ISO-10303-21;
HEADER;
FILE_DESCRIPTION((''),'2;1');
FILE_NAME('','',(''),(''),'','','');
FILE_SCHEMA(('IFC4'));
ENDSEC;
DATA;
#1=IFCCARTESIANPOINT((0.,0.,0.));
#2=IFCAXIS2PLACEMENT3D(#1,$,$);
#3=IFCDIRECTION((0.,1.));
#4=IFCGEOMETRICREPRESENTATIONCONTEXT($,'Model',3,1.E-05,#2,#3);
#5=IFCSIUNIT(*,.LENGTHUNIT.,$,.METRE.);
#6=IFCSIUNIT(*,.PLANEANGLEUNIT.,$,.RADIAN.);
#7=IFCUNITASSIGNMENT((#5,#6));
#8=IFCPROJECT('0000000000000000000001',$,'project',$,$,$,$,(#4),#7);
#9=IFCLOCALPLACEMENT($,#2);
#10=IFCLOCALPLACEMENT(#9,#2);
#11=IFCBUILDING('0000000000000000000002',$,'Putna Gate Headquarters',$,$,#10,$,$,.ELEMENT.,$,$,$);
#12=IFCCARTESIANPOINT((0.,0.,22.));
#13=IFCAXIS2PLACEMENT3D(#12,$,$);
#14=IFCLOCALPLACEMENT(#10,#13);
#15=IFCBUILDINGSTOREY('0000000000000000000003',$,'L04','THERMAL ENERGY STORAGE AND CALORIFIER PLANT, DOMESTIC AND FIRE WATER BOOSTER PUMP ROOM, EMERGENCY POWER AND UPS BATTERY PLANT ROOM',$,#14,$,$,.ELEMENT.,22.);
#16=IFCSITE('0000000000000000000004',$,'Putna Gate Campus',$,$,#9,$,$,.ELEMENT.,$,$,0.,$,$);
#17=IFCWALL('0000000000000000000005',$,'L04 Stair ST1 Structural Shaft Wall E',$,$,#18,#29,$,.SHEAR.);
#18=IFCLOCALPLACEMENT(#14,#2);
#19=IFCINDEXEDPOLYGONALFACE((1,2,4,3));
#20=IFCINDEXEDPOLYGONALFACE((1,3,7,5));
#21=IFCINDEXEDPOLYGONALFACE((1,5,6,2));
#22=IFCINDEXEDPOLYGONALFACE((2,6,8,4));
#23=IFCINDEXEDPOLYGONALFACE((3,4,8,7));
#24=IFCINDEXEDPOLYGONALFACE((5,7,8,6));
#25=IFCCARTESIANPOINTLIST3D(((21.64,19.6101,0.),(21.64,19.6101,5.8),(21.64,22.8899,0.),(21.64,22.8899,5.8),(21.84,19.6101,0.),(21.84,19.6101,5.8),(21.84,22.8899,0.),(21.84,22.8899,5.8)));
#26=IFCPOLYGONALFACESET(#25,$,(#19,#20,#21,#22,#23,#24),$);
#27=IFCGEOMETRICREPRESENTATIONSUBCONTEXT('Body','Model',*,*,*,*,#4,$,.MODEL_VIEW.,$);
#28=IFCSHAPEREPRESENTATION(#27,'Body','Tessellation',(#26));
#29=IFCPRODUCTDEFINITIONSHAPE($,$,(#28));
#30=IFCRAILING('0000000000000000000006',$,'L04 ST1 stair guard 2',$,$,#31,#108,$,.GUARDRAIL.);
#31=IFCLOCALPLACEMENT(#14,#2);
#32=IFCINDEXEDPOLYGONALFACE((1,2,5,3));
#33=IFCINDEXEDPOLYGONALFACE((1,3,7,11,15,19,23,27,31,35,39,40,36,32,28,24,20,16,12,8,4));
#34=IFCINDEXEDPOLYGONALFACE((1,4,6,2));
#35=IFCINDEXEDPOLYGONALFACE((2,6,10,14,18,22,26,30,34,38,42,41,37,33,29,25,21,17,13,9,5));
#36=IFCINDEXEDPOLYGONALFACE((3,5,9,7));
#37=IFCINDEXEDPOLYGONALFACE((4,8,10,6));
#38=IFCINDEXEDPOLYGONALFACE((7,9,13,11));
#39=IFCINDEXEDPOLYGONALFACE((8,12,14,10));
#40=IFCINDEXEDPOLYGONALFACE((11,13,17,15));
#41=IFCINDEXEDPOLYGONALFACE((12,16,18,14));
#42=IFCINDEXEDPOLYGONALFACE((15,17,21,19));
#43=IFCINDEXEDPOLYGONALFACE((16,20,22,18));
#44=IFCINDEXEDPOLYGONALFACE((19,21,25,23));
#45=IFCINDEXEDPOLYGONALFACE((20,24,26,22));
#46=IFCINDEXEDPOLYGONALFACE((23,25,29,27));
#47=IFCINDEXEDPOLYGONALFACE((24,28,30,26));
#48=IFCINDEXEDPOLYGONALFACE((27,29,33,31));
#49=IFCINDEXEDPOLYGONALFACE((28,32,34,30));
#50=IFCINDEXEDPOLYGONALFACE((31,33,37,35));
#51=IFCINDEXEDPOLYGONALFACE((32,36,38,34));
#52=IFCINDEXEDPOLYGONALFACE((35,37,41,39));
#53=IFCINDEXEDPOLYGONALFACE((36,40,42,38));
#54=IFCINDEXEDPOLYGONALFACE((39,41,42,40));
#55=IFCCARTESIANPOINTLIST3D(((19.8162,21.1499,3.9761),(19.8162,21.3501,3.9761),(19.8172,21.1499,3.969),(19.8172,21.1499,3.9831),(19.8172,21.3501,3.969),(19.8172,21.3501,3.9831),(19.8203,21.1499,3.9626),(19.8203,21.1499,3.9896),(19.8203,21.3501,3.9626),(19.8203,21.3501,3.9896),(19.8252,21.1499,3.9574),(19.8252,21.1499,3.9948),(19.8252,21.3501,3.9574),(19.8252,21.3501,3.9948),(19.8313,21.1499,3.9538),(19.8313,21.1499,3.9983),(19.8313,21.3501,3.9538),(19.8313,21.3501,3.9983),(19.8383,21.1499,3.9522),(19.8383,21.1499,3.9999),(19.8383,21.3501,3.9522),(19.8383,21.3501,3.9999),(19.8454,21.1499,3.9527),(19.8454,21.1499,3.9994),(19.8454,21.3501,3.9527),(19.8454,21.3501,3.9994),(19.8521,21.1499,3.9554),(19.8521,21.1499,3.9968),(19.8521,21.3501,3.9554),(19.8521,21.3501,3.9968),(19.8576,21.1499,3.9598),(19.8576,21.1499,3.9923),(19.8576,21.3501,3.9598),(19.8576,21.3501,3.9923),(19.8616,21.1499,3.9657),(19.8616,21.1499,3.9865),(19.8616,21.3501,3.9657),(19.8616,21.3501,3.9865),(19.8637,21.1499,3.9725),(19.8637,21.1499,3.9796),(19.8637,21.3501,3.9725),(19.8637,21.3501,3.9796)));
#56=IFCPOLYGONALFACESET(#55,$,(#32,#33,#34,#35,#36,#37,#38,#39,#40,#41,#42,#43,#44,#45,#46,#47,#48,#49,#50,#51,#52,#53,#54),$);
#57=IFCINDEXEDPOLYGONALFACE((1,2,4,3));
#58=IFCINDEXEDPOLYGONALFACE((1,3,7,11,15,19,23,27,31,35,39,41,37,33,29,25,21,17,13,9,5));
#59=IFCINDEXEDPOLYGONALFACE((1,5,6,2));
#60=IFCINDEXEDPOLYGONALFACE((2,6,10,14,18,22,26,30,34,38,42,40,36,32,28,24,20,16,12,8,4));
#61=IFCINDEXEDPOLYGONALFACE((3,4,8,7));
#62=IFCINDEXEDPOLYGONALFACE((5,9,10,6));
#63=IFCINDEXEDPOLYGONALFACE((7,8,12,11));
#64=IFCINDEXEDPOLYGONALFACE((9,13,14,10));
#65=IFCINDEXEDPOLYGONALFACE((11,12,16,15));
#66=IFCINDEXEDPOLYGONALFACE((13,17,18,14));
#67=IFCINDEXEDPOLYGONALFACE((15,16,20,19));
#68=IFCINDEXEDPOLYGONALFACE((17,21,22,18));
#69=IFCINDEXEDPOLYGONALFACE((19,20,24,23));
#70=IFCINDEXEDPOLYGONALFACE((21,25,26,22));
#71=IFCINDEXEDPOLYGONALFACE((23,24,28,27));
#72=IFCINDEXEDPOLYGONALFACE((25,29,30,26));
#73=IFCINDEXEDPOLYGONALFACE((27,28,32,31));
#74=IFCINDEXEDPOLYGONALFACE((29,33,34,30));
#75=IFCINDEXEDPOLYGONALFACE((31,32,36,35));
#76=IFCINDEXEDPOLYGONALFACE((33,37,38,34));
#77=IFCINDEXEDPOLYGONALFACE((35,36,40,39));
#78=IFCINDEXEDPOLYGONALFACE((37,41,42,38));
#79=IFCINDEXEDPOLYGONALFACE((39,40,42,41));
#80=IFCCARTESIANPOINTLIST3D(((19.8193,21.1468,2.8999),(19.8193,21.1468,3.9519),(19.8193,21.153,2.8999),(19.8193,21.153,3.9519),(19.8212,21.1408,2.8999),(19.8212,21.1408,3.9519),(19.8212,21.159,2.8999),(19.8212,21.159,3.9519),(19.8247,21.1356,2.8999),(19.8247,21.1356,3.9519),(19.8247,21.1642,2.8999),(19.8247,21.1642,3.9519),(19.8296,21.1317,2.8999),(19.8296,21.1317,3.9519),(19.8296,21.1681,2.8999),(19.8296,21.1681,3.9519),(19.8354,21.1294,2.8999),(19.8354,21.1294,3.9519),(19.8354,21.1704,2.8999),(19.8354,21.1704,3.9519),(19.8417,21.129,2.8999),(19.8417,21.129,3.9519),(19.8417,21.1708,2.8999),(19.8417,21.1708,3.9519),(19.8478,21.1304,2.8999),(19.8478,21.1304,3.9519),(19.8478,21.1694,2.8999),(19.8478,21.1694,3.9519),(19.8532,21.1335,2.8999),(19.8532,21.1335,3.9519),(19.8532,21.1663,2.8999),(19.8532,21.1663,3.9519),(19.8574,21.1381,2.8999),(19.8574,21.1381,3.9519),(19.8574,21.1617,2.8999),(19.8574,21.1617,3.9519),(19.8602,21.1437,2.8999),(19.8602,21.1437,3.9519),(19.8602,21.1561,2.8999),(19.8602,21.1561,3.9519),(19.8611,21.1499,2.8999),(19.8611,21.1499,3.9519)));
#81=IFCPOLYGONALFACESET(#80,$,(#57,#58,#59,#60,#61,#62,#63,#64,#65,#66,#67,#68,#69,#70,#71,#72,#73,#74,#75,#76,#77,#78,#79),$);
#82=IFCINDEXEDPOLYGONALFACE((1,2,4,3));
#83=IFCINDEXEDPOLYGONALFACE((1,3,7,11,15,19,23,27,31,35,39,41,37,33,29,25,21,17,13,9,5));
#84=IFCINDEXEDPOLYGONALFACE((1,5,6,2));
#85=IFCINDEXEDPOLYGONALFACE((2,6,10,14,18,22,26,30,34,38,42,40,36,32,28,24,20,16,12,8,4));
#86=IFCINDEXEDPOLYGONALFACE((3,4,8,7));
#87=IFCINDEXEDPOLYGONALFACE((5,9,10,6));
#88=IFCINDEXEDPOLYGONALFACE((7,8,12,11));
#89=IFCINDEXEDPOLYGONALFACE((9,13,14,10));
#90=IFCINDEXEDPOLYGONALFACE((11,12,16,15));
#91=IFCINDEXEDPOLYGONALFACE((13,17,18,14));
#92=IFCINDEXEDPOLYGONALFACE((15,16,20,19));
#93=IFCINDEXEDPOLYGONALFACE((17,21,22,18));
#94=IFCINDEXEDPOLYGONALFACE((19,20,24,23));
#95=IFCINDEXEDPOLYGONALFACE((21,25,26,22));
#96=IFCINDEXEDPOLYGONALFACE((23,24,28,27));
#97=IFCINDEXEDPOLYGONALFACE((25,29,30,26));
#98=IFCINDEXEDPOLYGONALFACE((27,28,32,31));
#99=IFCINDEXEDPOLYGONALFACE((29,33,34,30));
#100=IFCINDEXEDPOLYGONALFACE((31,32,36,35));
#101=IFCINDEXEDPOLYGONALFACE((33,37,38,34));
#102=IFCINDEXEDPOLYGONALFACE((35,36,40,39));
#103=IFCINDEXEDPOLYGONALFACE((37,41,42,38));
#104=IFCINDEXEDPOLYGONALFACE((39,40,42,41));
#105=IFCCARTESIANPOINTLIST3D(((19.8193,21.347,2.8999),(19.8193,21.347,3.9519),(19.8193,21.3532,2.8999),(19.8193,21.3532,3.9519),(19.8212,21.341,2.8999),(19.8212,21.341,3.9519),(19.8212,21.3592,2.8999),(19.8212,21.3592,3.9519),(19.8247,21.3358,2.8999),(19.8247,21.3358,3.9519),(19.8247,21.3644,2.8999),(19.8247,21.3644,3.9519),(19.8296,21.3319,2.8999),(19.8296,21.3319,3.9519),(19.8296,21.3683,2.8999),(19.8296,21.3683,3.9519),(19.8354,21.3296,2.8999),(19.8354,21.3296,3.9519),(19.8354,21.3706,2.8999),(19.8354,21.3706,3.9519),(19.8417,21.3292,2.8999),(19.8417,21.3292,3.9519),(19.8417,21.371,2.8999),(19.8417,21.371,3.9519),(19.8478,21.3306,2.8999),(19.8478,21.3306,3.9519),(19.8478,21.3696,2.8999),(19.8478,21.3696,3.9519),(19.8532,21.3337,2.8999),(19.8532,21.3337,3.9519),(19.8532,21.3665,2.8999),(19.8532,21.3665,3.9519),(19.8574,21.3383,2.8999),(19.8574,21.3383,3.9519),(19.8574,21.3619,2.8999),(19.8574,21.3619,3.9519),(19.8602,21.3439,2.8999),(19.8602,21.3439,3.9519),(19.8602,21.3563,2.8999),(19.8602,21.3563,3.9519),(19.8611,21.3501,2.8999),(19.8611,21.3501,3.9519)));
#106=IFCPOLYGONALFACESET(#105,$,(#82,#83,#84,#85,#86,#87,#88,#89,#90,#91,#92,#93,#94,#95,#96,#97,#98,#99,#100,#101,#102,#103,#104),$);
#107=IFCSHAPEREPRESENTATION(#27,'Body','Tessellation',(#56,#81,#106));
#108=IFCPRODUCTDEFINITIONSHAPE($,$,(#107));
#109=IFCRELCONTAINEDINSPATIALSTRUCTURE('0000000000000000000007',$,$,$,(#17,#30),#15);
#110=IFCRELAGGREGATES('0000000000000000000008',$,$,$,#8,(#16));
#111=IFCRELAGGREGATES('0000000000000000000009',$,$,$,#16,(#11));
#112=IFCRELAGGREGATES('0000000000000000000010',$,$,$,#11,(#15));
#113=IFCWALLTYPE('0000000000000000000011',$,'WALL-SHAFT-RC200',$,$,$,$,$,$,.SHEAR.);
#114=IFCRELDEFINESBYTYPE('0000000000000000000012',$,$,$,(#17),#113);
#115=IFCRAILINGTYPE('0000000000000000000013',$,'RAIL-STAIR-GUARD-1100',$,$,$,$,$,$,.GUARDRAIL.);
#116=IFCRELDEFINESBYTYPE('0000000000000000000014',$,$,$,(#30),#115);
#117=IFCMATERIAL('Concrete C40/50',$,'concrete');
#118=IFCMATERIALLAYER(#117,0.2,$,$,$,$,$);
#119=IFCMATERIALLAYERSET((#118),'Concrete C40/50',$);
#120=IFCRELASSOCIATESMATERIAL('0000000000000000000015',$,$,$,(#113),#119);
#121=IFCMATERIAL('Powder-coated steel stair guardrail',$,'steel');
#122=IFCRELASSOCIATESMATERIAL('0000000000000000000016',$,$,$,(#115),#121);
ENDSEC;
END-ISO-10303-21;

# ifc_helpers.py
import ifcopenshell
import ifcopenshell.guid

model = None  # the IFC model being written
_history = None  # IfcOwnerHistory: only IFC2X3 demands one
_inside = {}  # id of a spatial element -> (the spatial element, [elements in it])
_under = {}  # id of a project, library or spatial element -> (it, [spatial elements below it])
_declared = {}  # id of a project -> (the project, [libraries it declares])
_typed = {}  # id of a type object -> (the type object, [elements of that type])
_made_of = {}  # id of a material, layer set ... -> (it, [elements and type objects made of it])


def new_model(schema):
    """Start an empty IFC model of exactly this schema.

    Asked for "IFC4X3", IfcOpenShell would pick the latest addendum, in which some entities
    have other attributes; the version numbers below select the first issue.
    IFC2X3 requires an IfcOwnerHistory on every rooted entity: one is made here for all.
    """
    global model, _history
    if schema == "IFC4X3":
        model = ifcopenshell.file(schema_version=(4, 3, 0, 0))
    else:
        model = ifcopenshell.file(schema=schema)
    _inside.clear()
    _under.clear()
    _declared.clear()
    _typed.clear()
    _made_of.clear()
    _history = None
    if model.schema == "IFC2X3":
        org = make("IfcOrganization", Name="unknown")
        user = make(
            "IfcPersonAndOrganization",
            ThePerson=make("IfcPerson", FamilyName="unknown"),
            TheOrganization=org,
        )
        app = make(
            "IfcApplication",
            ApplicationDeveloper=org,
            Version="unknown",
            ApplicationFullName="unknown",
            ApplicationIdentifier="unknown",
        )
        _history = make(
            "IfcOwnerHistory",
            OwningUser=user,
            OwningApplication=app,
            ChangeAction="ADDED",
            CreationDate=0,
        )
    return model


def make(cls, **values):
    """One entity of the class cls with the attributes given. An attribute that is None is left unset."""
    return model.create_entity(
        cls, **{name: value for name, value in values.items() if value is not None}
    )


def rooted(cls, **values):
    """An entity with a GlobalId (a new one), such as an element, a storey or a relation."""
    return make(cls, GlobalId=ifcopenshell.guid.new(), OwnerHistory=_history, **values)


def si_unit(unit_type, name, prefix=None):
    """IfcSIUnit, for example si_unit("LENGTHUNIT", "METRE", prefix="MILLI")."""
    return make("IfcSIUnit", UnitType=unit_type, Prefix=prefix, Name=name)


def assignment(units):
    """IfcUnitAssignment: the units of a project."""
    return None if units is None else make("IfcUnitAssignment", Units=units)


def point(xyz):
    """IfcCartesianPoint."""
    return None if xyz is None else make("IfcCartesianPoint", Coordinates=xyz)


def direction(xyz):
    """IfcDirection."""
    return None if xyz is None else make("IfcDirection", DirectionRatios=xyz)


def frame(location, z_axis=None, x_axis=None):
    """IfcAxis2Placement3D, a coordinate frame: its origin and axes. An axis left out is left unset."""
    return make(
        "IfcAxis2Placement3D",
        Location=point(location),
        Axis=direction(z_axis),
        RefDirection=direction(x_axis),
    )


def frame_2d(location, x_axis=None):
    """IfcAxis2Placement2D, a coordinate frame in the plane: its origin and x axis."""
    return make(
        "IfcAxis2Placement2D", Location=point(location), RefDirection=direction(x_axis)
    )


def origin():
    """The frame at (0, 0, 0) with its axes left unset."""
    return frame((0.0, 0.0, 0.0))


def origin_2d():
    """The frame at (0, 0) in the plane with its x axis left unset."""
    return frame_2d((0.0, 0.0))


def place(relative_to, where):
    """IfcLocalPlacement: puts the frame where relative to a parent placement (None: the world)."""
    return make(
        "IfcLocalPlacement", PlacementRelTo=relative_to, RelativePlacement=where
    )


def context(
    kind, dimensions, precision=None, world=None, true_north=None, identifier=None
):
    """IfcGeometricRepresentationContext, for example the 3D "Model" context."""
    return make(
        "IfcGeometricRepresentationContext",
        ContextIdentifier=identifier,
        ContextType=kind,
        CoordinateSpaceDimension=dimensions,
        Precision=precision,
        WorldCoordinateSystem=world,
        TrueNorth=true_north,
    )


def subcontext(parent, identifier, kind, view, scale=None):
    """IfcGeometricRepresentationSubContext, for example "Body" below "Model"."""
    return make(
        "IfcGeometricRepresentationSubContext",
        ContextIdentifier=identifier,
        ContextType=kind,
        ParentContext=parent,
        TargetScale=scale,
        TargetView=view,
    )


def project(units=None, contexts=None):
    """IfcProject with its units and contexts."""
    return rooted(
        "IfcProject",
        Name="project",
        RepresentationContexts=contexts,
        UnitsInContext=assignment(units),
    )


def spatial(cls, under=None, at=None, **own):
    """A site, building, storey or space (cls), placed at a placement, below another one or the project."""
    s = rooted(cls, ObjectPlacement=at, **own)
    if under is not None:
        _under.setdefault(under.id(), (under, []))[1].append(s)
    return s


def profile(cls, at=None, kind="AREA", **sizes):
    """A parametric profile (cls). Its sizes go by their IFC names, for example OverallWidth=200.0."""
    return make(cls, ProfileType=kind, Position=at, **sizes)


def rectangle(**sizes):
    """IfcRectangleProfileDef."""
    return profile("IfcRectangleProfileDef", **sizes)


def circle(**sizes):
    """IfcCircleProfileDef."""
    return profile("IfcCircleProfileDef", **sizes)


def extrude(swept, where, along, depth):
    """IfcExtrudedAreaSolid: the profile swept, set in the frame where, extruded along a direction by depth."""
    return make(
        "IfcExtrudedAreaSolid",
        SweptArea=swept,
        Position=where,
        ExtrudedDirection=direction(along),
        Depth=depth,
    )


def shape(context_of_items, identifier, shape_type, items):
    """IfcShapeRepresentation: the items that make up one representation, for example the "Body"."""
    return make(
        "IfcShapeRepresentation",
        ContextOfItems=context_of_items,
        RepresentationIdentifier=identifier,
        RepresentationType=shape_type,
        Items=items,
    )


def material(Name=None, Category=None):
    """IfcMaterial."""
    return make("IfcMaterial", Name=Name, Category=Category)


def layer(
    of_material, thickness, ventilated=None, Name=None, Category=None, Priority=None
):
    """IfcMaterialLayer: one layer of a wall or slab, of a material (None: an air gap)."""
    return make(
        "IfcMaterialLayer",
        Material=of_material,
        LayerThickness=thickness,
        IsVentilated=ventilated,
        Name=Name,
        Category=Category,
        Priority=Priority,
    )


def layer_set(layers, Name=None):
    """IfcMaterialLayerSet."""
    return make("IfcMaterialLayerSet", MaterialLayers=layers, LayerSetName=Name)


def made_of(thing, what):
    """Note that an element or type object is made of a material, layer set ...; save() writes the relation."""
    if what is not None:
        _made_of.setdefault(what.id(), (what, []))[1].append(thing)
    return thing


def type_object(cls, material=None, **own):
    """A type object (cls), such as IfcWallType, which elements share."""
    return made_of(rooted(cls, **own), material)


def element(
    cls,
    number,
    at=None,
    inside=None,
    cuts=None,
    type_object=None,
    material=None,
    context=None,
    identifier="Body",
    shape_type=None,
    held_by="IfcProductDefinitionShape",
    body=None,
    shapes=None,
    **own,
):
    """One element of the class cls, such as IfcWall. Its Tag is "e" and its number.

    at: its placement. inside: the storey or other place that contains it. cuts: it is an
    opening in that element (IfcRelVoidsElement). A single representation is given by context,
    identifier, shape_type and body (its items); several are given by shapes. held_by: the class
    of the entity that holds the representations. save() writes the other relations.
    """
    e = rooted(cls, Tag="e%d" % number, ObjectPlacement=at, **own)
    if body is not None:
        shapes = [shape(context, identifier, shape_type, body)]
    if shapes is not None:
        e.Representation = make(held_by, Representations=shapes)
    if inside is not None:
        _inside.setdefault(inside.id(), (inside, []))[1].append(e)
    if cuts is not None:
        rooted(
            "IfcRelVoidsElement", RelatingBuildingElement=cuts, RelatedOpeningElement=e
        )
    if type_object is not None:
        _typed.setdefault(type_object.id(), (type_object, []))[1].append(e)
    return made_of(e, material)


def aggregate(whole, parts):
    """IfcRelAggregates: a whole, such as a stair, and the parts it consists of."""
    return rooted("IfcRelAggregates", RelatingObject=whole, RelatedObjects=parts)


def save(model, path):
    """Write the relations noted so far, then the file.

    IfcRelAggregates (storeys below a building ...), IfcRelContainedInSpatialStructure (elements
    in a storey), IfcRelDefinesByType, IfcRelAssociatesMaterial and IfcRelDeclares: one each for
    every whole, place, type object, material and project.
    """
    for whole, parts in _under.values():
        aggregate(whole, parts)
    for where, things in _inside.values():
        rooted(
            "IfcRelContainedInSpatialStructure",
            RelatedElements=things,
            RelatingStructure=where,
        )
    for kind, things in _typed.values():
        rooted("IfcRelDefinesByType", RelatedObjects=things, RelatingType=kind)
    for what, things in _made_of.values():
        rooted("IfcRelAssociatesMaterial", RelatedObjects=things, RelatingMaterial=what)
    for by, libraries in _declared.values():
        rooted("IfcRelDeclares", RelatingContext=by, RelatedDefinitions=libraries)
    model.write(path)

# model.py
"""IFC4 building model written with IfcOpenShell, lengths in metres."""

from ifc_helpers import new_model, si_unit, direction, frame, frame_2d, origin, origin_2d, place, context, subcontext, project, spatial, rectangle, circle, extrude, material, layer, layer_set, type_object, element, save


model = new_model("IFC4")

# Units and contexts
model_context = context("Model", 3, precision=1e-05, world=origin(), true_north=direction((0.0, 1.0)))
body_context = subcontext(model_context, "Body", "Model", "MODEL_VIEW")
ifc_project = project(units=[si_unit("LENGTHUNIT", "METRE"), si_unit("PLANEANGLEUNIT", "RADIAN")], contexts=[model_context])

# Site, building, storey
site_placement = place(None, origin())
site = spatial("IfcSite", under=ifc_project, at=site_placement, Name="Putna Gate Campus", CompositionType="ELEMENT", RefElevation=0.0)
building_placement = place(site_placement, origin())
building = spatial("IfcBuilding", under=site, at=building_placement, Name="Putna Gate Headquarters", CompositionType="ELEMENT")
storey_placement = place(building_placement, frame((0.0, 0.0, 22.0)))
storey = spatial("IfcBuildingStorey", under=building, at=storey_placement, Name="L04", Description="THERMAL ENERGY STORAGE AND CALORIFIER PLANT, DOMESTIC AND FIRE WATER BOOSTER PUMP ROOM, EMERGENCY POWER AND UPS BATTERY PLANT ROOM", CompositionType="ELEMENT", Elevation=22.0)

# Shared definitions
ifc_material_1 = material(Name="Concrete C40/50", Category="concrete")

# Wall
ifc_layer_1 = layer(ifc_material_1, 0.2)
ifc_layer_set_1 = layer_set([ifc_layer_1], Name="Concrete C40/50")
wall_type_1 = type_object("IfcWallType", Name="WALL-SHAFT-RC200", PredefinedType="SHEAR", material=ifc_layer_set_1)
wall_1_placement = place(storey_placement, frame((21.74, 19.6101, 0.0), z_axis=(0.0, 0.0, 1.0), x_axis=(0.0, 1.0, 0.0)))
element("IfcWall", 1, at=wall_1_placement, inside=storey, type_object=wall_type_1, Name="L04 Stair ST1 Structural Shaft Wall E", PredefinedType="SHEAR", context=body_context, shape_type="SweptSolid", body=[
    extrude(rectangle(XDim=3.2798, YDim=0.2, at=frame_2d((1.6399, 0.0))), origin(), (0.0, 0.0, 1.0), 5.8),
])

# Railing
ifc_material_2 = material(Name="Powder-coated steel stair guardrail", Category="steel")
railing_type = type_object("IfcRailingType", Name="RAIL-STAIR-GUARD-1100", PredefinedType="GUARDRAIL", material=ifc_material_2)
railing_1_placement = place(storey_placement, frame((19.8401, 21.1499, 2.8999)))
element("IfcRailing", 2, at=railing_1_placement, inside=storey, type_object=railing_type, Name="L04 ST1 stair guard 2", PredefinedType="GUARDRAIL", context=body_context, shape_type="SweptSolid", body=[
    extrude(circle(Radius=0.0239, at=origin_2d()), frame((0.0, 0.0, 1.0762), z_axis=(0.0, 1.0, 0.0), x_axis=(-1.0, 0.0, 0.0)), (0.0, 0.0, 1.0), 0.2002),
    extrude(circle(Radius=0.021, at=origin_2d()), origin(), (0.0, 0.0, 1.0), 1.052),
    extrude(circle(Radius=0.021, at=origin_2d()), frame((0.0, 0.2002, 0.0)), (0.0, 0.0, 1.0), 1.052),
])

save(model, "model.ifc")
